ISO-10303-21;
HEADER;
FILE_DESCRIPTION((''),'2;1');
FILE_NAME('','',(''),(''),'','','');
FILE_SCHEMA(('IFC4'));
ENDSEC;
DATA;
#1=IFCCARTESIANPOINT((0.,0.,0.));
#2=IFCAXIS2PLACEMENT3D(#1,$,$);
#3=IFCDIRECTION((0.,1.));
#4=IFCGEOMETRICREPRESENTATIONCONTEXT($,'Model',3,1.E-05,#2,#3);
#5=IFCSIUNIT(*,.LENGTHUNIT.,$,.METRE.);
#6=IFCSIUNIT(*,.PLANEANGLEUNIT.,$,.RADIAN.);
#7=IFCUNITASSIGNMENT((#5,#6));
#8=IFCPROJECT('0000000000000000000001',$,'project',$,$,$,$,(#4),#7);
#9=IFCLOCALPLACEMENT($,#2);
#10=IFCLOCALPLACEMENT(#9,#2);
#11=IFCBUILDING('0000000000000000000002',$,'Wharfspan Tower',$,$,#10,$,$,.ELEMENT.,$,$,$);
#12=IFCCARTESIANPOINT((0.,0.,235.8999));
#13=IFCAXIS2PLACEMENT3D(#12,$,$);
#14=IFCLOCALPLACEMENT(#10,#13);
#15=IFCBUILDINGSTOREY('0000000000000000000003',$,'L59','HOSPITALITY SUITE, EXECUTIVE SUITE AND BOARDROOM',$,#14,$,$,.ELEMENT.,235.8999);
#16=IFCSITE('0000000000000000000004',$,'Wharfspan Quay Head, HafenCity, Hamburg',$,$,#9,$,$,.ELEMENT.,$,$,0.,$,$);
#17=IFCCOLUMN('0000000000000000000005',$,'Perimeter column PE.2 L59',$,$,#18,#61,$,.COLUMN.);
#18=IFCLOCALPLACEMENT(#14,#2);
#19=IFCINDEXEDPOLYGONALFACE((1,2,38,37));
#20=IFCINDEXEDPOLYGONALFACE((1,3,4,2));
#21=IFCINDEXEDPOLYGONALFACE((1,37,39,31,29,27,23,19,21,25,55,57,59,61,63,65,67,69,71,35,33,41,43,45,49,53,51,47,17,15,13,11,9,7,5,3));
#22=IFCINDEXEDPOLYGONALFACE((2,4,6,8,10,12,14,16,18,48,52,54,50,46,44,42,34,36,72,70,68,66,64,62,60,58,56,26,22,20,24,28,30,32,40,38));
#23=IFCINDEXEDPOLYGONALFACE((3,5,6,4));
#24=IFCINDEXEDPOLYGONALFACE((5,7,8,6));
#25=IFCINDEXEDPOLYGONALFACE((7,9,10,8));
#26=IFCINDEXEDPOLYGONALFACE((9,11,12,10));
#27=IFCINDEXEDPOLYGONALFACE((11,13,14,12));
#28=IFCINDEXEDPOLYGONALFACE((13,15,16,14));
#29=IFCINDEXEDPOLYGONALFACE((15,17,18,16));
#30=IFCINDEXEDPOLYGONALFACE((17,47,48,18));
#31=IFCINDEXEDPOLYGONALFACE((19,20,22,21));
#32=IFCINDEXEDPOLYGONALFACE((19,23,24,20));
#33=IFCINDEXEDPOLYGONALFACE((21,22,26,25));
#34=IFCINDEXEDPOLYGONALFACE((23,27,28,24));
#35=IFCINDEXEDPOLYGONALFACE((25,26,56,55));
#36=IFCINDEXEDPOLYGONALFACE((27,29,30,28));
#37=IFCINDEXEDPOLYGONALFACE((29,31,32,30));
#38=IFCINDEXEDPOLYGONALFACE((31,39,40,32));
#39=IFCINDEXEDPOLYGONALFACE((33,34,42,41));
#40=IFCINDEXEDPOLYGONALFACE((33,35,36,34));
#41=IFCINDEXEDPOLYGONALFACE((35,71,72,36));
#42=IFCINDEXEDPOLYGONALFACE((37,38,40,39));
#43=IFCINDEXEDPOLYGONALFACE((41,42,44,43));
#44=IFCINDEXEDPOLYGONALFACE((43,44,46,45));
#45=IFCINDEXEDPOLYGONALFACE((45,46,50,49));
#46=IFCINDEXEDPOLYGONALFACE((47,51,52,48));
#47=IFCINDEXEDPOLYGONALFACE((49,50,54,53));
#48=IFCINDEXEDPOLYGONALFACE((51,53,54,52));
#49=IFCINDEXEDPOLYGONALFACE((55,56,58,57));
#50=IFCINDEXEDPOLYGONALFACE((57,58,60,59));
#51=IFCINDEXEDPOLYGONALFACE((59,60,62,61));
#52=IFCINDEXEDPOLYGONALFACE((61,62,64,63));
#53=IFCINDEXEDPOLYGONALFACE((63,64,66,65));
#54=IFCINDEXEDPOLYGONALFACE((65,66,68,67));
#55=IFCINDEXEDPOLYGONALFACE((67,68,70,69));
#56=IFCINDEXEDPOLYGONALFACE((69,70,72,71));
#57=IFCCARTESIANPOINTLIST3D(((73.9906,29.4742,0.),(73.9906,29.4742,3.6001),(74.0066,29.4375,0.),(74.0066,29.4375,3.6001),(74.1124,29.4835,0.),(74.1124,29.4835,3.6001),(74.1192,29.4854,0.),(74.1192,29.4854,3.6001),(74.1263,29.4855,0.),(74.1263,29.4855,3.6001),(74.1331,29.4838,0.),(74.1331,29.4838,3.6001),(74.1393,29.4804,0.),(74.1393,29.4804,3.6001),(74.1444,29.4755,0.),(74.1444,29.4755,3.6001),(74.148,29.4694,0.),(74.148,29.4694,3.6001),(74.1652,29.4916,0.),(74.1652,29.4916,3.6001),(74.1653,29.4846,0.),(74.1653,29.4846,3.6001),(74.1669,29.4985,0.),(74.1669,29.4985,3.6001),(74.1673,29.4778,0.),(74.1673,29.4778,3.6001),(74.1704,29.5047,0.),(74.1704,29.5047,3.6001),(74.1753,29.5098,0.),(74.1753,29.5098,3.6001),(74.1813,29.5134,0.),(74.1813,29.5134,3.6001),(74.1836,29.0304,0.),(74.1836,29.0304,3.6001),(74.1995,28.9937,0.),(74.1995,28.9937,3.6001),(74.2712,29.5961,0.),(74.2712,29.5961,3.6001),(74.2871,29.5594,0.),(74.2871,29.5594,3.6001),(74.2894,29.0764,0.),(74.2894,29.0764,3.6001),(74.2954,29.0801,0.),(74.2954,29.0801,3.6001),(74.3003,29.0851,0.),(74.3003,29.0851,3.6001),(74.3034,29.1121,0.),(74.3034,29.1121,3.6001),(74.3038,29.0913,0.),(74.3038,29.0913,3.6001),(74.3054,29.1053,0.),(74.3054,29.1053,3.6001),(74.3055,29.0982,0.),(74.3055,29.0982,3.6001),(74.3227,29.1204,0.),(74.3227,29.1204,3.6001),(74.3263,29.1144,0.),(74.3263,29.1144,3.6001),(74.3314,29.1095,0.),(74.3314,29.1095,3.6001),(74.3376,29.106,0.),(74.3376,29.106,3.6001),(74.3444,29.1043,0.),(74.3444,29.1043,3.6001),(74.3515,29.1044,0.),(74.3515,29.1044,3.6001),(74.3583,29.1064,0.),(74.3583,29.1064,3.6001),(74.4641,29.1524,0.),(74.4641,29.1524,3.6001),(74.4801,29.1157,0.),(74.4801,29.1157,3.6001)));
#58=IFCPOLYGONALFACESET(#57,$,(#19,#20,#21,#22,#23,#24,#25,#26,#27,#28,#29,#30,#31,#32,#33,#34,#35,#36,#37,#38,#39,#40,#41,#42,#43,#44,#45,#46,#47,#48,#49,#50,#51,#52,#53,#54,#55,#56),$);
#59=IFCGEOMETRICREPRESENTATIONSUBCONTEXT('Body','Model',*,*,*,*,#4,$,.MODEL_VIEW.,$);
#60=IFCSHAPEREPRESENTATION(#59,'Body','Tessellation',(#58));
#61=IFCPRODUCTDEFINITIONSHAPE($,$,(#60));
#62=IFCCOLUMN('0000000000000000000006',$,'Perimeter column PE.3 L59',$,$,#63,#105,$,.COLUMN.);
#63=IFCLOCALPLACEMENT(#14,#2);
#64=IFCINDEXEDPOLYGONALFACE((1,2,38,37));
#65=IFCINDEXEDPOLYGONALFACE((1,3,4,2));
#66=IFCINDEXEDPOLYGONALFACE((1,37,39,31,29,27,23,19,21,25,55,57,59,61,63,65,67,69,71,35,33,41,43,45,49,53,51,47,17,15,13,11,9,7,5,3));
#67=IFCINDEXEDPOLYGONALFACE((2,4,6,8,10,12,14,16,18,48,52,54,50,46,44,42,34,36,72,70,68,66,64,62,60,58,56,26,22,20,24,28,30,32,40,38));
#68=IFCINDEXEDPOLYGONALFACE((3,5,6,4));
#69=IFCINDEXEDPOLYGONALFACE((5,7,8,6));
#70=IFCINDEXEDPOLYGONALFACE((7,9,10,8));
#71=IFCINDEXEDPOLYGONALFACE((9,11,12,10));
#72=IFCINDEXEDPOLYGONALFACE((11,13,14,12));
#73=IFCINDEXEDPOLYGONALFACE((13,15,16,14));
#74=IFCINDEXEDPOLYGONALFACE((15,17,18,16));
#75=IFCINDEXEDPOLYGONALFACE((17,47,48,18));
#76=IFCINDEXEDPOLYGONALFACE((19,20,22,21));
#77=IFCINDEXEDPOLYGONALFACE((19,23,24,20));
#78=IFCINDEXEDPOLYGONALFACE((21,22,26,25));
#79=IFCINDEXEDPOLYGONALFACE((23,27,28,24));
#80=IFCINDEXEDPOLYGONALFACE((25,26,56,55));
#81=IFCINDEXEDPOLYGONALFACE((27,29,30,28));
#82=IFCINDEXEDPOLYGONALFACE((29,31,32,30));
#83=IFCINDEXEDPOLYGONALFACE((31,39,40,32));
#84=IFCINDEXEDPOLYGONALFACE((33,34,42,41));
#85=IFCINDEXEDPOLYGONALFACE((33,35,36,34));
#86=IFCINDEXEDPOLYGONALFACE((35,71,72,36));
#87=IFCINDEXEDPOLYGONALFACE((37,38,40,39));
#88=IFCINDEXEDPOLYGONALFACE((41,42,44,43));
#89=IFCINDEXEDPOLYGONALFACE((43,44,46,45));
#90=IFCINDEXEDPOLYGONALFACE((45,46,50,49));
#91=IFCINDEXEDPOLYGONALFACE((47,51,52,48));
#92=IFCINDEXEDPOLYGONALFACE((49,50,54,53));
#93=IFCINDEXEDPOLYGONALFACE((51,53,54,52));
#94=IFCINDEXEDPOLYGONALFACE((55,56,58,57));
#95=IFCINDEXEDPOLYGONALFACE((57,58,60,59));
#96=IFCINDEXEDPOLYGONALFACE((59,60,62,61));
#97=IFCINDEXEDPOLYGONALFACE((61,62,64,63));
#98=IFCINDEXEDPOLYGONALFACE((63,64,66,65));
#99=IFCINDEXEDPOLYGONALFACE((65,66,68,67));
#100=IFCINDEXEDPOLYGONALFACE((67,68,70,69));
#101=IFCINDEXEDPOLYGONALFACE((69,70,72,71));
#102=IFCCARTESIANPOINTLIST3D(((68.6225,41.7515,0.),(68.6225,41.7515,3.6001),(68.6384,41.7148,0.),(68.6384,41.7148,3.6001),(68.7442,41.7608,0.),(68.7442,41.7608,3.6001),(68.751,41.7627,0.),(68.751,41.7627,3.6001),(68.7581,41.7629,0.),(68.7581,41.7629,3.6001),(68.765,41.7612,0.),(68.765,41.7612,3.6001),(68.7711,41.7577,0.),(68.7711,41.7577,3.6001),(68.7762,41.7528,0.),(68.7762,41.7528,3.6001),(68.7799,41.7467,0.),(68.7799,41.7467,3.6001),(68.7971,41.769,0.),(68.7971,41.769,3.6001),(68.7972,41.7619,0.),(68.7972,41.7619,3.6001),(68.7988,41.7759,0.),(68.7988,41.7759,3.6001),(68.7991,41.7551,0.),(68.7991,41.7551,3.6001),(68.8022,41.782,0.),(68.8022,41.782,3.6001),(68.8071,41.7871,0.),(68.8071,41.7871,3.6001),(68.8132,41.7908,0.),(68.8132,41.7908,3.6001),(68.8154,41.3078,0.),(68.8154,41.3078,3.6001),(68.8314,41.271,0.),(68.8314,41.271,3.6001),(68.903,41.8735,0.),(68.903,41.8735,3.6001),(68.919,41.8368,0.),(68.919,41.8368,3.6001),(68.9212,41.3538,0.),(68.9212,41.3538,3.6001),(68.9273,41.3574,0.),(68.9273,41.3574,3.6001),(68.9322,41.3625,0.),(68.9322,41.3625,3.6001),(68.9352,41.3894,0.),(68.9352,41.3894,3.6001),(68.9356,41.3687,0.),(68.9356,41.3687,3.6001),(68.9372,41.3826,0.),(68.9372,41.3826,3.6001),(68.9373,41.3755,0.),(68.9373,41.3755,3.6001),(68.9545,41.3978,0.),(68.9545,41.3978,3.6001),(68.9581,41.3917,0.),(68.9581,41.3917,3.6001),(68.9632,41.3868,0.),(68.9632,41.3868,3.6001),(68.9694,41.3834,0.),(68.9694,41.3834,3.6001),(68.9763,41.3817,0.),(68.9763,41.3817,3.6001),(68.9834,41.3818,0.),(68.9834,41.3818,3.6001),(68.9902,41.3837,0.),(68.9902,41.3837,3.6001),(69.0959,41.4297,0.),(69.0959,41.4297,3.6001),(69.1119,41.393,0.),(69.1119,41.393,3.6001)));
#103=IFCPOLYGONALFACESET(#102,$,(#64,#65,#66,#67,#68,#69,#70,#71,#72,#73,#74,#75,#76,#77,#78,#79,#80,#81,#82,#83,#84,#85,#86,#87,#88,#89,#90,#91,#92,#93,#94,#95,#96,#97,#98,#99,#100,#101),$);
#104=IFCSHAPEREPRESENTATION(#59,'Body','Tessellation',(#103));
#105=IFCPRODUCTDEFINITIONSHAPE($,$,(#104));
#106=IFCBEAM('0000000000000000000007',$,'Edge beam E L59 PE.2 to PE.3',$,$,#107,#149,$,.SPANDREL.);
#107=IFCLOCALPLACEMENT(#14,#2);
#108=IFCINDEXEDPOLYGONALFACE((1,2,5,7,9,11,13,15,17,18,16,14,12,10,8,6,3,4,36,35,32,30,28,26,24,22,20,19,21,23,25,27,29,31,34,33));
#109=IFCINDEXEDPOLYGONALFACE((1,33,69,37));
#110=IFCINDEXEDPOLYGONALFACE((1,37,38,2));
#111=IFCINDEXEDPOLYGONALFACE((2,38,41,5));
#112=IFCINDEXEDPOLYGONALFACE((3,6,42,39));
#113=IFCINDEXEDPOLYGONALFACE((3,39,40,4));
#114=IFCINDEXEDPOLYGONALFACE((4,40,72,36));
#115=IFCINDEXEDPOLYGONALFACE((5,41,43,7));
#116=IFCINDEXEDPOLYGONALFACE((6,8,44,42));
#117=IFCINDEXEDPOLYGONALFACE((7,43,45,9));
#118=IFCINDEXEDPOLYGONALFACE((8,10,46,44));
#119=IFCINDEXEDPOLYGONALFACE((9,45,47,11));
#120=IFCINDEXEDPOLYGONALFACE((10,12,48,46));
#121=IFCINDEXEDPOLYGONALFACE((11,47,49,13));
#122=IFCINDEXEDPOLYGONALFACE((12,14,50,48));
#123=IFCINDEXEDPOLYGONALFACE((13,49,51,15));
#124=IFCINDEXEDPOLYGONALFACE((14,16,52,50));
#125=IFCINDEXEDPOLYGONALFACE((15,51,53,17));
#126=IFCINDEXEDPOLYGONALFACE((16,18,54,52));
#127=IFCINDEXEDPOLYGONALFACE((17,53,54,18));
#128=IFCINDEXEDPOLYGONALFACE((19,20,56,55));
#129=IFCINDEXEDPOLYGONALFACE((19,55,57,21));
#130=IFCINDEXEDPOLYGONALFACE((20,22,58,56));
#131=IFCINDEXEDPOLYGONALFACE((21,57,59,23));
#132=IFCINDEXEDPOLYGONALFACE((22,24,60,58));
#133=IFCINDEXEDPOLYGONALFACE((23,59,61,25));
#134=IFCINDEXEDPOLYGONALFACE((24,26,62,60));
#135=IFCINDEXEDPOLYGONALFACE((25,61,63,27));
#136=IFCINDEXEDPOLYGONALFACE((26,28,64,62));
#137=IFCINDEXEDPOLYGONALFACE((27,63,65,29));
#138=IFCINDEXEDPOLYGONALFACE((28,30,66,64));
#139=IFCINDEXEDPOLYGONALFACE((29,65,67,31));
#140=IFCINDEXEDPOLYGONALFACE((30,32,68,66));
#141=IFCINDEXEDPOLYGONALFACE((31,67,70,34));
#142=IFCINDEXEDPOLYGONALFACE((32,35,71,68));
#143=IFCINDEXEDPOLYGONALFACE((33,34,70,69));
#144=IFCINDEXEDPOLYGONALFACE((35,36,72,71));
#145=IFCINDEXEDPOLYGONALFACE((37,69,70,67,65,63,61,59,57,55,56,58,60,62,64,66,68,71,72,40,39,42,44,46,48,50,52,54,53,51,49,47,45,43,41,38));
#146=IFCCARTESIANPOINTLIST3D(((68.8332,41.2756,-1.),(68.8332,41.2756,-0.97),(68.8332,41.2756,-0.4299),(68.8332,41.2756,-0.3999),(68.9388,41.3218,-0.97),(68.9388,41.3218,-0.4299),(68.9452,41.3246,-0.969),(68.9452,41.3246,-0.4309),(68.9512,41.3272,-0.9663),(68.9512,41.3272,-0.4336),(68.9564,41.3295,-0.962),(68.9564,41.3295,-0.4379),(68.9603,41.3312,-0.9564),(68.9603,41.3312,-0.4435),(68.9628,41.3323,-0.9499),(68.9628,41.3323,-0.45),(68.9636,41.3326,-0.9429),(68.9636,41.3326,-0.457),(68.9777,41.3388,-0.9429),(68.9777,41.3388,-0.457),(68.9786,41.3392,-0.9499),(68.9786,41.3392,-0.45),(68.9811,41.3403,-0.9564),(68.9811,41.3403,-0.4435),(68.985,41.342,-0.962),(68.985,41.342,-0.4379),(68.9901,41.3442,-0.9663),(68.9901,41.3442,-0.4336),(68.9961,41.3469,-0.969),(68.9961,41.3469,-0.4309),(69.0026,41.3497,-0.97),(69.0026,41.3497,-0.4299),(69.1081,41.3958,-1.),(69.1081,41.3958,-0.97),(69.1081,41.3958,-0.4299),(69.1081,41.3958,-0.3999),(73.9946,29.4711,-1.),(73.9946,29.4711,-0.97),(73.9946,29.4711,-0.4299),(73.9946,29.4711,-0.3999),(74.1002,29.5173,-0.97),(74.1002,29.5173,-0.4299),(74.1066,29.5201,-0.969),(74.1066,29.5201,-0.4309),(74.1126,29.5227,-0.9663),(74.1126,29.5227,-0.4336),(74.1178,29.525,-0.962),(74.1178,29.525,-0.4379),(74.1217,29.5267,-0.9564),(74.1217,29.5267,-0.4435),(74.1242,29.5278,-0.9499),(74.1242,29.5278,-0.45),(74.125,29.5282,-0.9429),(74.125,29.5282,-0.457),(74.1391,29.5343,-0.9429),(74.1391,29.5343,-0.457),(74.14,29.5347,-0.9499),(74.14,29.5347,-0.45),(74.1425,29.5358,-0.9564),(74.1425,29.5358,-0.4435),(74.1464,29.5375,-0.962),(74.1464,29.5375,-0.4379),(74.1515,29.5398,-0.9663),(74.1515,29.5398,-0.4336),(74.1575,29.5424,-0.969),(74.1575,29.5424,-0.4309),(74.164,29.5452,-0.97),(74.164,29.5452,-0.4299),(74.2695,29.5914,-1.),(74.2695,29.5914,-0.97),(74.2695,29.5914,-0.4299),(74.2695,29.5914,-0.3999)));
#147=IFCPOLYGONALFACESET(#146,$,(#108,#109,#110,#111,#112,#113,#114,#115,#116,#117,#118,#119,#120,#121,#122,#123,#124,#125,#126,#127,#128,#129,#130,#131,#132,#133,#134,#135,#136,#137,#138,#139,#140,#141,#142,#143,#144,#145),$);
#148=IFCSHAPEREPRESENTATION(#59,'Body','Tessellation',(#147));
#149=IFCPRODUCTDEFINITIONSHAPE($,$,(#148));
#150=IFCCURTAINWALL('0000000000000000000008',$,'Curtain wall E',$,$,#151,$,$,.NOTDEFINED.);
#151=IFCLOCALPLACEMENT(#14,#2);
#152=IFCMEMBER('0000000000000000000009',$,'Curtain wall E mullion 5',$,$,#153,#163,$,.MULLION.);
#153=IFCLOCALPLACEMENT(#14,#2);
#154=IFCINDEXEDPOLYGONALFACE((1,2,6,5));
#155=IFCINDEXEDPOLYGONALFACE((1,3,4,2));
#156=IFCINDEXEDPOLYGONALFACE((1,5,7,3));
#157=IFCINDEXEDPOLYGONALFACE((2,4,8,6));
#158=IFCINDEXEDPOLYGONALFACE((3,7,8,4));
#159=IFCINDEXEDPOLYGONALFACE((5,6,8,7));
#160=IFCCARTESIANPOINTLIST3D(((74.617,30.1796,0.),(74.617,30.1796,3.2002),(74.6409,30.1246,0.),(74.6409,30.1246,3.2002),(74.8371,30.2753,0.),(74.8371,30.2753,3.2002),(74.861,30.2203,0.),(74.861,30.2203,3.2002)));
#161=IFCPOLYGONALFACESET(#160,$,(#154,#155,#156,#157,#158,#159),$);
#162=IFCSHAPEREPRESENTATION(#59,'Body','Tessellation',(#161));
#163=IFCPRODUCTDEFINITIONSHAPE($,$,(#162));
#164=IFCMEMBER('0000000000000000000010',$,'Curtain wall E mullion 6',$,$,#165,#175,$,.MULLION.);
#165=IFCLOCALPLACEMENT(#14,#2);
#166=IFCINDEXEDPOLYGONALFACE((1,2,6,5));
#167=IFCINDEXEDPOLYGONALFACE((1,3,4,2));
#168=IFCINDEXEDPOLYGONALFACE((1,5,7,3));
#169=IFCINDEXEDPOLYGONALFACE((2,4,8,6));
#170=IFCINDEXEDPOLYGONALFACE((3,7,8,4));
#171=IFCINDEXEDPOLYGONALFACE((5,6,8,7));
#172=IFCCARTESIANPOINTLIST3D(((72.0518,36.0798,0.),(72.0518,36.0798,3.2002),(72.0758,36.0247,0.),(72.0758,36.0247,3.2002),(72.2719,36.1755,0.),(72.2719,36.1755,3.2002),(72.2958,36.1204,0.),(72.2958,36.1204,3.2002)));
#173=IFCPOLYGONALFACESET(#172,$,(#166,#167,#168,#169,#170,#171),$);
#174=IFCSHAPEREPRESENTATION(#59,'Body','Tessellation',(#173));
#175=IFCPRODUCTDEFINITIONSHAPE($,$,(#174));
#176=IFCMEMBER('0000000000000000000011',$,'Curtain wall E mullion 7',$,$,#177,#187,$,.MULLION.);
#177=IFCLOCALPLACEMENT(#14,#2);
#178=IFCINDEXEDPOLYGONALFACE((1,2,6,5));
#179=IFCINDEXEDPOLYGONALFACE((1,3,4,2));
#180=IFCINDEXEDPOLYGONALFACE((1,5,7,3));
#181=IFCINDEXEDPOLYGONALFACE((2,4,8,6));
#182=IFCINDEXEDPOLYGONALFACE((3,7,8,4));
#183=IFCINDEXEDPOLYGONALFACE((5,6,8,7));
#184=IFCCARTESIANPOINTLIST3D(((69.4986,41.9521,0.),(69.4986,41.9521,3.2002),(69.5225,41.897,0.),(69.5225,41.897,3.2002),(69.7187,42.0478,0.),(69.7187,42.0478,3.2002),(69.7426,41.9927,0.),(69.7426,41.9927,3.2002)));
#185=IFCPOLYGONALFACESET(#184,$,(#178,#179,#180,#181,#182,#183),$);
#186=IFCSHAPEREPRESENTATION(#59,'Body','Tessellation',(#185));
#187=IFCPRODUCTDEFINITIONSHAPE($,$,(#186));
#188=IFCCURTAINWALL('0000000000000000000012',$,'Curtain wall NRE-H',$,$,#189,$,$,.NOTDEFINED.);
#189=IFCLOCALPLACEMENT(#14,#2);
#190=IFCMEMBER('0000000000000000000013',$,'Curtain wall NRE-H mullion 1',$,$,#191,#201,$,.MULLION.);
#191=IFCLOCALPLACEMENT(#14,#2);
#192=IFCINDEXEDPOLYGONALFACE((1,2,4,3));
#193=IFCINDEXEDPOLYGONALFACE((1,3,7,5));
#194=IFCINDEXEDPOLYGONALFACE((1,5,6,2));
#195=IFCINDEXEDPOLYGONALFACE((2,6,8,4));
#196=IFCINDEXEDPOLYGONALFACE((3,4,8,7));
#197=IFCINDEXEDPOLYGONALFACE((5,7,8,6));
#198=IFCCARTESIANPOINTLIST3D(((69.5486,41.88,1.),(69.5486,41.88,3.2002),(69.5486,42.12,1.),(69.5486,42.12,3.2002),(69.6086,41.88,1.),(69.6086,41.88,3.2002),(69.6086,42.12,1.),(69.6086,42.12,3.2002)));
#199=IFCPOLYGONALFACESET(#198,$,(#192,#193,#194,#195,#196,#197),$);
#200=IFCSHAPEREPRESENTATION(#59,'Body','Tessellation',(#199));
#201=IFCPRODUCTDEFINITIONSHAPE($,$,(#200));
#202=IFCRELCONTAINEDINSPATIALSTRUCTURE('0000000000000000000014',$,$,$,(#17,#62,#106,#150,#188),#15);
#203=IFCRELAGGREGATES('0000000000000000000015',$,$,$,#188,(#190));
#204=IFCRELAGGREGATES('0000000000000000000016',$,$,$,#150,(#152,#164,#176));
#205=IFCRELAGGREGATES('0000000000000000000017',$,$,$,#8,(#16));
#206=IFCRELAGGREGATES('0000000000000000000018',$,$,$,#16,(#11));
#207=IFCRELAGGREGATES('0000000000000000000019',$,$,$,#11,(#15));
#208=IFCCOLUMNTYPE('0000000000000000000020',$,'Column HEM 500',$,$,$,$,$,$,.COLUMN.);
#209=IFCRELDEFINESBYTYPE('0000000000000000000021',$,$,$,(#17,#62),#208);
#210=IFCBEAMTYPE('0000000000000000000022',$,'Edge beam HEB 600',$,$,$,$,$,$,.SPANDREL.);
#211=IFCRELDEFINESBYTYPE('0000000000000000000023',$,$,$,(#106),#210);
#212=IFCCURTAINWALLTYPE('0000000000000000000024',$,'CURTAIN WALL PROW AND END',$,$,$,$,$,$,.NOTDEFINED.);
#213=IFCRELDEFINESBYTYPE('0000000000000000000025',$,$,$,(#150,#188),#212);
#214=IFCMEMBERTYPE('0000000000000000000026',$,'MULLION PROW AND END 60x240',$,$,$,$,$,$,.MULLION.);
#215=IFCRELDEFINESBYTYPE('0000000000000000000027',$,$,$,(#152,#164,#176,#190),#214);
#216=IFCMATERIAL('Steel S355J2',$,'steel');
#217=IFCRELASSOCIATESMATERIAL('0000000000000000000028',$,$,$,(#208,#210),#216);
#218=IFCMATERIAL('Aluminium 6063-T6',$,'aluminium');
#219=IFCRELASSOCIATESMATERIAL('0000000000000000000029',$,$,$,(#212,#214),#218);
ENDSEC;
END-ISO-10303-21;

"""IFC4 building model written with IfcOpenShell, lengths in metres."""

from ifc_helpers import new_model, si_unit, direction, frame, origin, origin_2d, place, context, subcontext, project, spatial, rectangle, i_section, extrude, material, material_profile, profile_set, type_object, element, aggregate, save


model = new_model("IFC4")

# Units and contexts
model_context = context("Model", 3, precision=1e-05, world=origin(), true_north=direction((0.0, 1.0)))
body_context = subcontext(model_context, "Body", "Model", "MODEL_VIEW")
ifc_project = project(units=[si_unit("LENGTHUNIT", "METRE"), si_unit("PLANEANGLEUNIT", "RADIAN")], contexts=[model_context])

# Site, building, storey
site_placement = place(None, origin())
site = spatial("IfcSite", under=ifc_project, at=site_placement, Name="Wharfspan Quay Head, HafenCity, Hamburg", CompositionType="ELEMENT", RefElevation=0.0)
building_placement = place(site_placement, origin())
building = spatial("IfcBuilding", under=site, at=building_placement, Name="Wharfspan Tower", CompositionType="ELEMENT")
storey_placement = place(building_placement, frame((0.0, 0.0, 235.8999)))
storey = spatial("IfcBuildingStorey", under=building, at=storey_placement, Name="L59", Description="HOSPITALITY SUITE, EXECUTIVE SUITE AND BOARDROOM", CompositionType="ELEMENT", Elevation=235.8999)

# Columns
ifc_material_1 = material(Name="Steel S355J2", Category="steel")
ifc_material_profile_1 = material_profile(ifc_material_1, i_section(OverallWidth=0.3059, OverallDepth=0.5239, WebThickness=0.021, FlangeThickness=0.04, FilletRadius=0.0271, at=origin_2d()))
ifc_profile_set_1 = profile_set([ifc_material_profile_1], Name="Steel S355J2")
column_type = type_object("IfcColumnType", Name="Column HEM 500", PredefinedType="COLUMN", material=ifc_profile_set_1)
for number, where, z_axis, x_axis, name in (
    (1, (74.2354, 29.2949, 0.0), (0.0, 0.0, 1.0), (0.917072, 0.398727, 0.0), "Perimeter column PE.2 L59"),
    (2, (68.8672, 41.5723, 0.0), (0.0, 0.0, 1.0), (0.917072, 0.398727, 0.0), "Perimeter column PE.3 L59"),
):
    element("IfcColumn", number, at=place(storey_placement, frame(where, z_axis=z_axis, x_axis=x_axis)), inside=storey, type_object=column_type, Name=name, PredefinedType="COLUMN", context=body_context, shape_type="SweptSolid", body=[
        extrude(i_section(OverallWidth=0.3059, OverallDepth=0.5239, WebThickness=0.021, FlangeThickness=0.04, FilletRadius=0.0271, at=origin_2d()), origin(), (0.0, 0.0, 1.0), 3.6001),
    ])

# Beam
ifc_material_profile_2 = material_profile(ifc_material_1, i_section(OverallWidth=0.3, OverallDepth=0.6001, WebThickness=0.0154, FlangeThickness=0.03, FilletRadius=0.0271, at=origin_2d()))
ifc_profile_set_2 = profile_set([ifc_material_profile_2], Name="Steel S355J2")
beam_type = type_object("IfcBeamType", Name="Edge beam HEB 600", PredefinedType="SPANDREL", material=ifc_profile_set_2)
beam_placement = place(storey_placement, frame((74.1321, 29.5312, -0.7), z_axis=(-0.400619, 0.916245, 0.0), x_axis=(-0.916245, -0.400619, 0.0)))
element("IfcBeam", 3, at=beam_placement, inside=storey, type_object=beam_type, Name="Edge beam E L59 PE.2 to PE.3", PredefinedType="SPANDREL", context=body_context, shape_type="SweptSolid", body=[
    extrude(i_section(OverallWidth=0.3, OverallDepth=0.6001, WebThickness=0.0154, FlangeThickness=0.03, FilletRadius=0.0271, at=origin_2d()), origin(), (0.0, 0.0, 1.0), 12.8835),
])

# Curtain wall, members
ifc_material_2 = material(Name="Aluminium 6063-T6", Category="aluminium")
curtain_wall_type = type_object("IfcCurtainWallType", Name="CURTAIN WALL PROW AND END", PredefinedType="NOTDEFINED", material=ifc_material_2)
curtain_wall_1_placement = place(storey_placement, origin())
curtain_wall_1 = element("IfcCurtainWall", 4, at=curtain_wall_1_placement, inside=storey, type_object=curtain_wall_type, Name="Curtain wall E", PredefinedType="NOTDEFINED")
ifc_material_profile_3 = material_profile(ifc_material_2, rectangle(XDim=0.24, YDim=0.0601, at=origin_2d()))
ifc_profile_set_3 = profile_set([ifc_material_profile_3], Name="Aluminium 6063-T6")
member_type_1 = type_object("IfcMemberType", Name="MULLION PROW AND END 60x240", PredefinedType="MULLION", material=ifc_profile_set_3)
member_1_placement = place(storey_placement, frame((74.739, 30.2, 0.0), z_axis=(0.0, 0.0, 1.0), x_axis=(-0.917072, -0.398727, 0.0)))
member_1 = element("IfcMember", 5, at=member_1_placement, type_object=member_type_1, Name="Curtain wall E mullion 5", PredefinedType="MULLION", context=body_context, shape_type="SweptSolid", body=[
    extrude(rectangle(XDim=0.24, YDim=0.0601, at=origin_2d()), origin(), (0.0, 0.0, 1.0), 3.2002),
])
member_2_placement = place(storey_placement, frame((72.1738, 36.1001, 0.0), z_axis=(0.0, 0.0, 1.0), x_axis=(-0.917072, -0.398727, 0.0)))
member_2 = element("IfcMember", 6, at=member_2_placement, type_object=member_type_1, Name="Curtain wall E mullion 6", PredefinedType="MULLION", context=body_context, shape_type="SweptSolid", body=[
    extrude(rectangle(XDim=0.24, YDim=0.0601, at=origin_2d()), origin(), (0.0, 0.0, 1.0), 3.2002),
])
member_3_placement = place(storey_placement, frame((69.6206, 41.9724, 0.0), z_axis=(0.0, 0.0, 1.0), x_axis=(-0.917072, -0.398727, 0.0)))
member_3 = element("IfcMember", 7, at=member_3_placement, type_object=member_type_1, Name="Curtain wall E mullion 7", PredefinedType="MULLION", context=body_context, shape_type="SweptSolid", body=[
    extrude(rectangle(XDim=0.24, YDim=0.0601, at=origin_2d()), origin(), (0.0, 0.0, 1.0), 3.2002),
])

# Curtain wall, member
curtain_wall_2_placement = place(storey_placement, origin())
curtain_wall_2 = element("IfcCurtainWall", 8, at=curtain_wall_2_placement, inside=storey, type_object=curtain_wall_type, Name="Curtain wall NRE-H", PredefinedType="NOTDEFINED")
member_4_placement = place(storey_placement, frame((69.5786, 42.0, 1.0), z_axis=(0.0, 0.0, 1.0), x_axis=(0.0, -1.0, 0.0)))
member_4 = element("IfcMember", 9, at=member_4_placement, type_object=member_type_1, Name="Curtain wall NRE-H mullion 1", PredefinedType="MULLION", context=body_context, shape_type="SweptSolid", body=[
    extrude(rectangle(XDim=0.24, YDim=0.0601, at=origin_2d()), origin(), (0.0, 0.0, 1.0), 2.2002),
])

aggregate(curtain_wall_2, [member_4])

aggregate(curtain_wall_1, [member_1, member_2, member_3])

save(model, "model.ifc")
